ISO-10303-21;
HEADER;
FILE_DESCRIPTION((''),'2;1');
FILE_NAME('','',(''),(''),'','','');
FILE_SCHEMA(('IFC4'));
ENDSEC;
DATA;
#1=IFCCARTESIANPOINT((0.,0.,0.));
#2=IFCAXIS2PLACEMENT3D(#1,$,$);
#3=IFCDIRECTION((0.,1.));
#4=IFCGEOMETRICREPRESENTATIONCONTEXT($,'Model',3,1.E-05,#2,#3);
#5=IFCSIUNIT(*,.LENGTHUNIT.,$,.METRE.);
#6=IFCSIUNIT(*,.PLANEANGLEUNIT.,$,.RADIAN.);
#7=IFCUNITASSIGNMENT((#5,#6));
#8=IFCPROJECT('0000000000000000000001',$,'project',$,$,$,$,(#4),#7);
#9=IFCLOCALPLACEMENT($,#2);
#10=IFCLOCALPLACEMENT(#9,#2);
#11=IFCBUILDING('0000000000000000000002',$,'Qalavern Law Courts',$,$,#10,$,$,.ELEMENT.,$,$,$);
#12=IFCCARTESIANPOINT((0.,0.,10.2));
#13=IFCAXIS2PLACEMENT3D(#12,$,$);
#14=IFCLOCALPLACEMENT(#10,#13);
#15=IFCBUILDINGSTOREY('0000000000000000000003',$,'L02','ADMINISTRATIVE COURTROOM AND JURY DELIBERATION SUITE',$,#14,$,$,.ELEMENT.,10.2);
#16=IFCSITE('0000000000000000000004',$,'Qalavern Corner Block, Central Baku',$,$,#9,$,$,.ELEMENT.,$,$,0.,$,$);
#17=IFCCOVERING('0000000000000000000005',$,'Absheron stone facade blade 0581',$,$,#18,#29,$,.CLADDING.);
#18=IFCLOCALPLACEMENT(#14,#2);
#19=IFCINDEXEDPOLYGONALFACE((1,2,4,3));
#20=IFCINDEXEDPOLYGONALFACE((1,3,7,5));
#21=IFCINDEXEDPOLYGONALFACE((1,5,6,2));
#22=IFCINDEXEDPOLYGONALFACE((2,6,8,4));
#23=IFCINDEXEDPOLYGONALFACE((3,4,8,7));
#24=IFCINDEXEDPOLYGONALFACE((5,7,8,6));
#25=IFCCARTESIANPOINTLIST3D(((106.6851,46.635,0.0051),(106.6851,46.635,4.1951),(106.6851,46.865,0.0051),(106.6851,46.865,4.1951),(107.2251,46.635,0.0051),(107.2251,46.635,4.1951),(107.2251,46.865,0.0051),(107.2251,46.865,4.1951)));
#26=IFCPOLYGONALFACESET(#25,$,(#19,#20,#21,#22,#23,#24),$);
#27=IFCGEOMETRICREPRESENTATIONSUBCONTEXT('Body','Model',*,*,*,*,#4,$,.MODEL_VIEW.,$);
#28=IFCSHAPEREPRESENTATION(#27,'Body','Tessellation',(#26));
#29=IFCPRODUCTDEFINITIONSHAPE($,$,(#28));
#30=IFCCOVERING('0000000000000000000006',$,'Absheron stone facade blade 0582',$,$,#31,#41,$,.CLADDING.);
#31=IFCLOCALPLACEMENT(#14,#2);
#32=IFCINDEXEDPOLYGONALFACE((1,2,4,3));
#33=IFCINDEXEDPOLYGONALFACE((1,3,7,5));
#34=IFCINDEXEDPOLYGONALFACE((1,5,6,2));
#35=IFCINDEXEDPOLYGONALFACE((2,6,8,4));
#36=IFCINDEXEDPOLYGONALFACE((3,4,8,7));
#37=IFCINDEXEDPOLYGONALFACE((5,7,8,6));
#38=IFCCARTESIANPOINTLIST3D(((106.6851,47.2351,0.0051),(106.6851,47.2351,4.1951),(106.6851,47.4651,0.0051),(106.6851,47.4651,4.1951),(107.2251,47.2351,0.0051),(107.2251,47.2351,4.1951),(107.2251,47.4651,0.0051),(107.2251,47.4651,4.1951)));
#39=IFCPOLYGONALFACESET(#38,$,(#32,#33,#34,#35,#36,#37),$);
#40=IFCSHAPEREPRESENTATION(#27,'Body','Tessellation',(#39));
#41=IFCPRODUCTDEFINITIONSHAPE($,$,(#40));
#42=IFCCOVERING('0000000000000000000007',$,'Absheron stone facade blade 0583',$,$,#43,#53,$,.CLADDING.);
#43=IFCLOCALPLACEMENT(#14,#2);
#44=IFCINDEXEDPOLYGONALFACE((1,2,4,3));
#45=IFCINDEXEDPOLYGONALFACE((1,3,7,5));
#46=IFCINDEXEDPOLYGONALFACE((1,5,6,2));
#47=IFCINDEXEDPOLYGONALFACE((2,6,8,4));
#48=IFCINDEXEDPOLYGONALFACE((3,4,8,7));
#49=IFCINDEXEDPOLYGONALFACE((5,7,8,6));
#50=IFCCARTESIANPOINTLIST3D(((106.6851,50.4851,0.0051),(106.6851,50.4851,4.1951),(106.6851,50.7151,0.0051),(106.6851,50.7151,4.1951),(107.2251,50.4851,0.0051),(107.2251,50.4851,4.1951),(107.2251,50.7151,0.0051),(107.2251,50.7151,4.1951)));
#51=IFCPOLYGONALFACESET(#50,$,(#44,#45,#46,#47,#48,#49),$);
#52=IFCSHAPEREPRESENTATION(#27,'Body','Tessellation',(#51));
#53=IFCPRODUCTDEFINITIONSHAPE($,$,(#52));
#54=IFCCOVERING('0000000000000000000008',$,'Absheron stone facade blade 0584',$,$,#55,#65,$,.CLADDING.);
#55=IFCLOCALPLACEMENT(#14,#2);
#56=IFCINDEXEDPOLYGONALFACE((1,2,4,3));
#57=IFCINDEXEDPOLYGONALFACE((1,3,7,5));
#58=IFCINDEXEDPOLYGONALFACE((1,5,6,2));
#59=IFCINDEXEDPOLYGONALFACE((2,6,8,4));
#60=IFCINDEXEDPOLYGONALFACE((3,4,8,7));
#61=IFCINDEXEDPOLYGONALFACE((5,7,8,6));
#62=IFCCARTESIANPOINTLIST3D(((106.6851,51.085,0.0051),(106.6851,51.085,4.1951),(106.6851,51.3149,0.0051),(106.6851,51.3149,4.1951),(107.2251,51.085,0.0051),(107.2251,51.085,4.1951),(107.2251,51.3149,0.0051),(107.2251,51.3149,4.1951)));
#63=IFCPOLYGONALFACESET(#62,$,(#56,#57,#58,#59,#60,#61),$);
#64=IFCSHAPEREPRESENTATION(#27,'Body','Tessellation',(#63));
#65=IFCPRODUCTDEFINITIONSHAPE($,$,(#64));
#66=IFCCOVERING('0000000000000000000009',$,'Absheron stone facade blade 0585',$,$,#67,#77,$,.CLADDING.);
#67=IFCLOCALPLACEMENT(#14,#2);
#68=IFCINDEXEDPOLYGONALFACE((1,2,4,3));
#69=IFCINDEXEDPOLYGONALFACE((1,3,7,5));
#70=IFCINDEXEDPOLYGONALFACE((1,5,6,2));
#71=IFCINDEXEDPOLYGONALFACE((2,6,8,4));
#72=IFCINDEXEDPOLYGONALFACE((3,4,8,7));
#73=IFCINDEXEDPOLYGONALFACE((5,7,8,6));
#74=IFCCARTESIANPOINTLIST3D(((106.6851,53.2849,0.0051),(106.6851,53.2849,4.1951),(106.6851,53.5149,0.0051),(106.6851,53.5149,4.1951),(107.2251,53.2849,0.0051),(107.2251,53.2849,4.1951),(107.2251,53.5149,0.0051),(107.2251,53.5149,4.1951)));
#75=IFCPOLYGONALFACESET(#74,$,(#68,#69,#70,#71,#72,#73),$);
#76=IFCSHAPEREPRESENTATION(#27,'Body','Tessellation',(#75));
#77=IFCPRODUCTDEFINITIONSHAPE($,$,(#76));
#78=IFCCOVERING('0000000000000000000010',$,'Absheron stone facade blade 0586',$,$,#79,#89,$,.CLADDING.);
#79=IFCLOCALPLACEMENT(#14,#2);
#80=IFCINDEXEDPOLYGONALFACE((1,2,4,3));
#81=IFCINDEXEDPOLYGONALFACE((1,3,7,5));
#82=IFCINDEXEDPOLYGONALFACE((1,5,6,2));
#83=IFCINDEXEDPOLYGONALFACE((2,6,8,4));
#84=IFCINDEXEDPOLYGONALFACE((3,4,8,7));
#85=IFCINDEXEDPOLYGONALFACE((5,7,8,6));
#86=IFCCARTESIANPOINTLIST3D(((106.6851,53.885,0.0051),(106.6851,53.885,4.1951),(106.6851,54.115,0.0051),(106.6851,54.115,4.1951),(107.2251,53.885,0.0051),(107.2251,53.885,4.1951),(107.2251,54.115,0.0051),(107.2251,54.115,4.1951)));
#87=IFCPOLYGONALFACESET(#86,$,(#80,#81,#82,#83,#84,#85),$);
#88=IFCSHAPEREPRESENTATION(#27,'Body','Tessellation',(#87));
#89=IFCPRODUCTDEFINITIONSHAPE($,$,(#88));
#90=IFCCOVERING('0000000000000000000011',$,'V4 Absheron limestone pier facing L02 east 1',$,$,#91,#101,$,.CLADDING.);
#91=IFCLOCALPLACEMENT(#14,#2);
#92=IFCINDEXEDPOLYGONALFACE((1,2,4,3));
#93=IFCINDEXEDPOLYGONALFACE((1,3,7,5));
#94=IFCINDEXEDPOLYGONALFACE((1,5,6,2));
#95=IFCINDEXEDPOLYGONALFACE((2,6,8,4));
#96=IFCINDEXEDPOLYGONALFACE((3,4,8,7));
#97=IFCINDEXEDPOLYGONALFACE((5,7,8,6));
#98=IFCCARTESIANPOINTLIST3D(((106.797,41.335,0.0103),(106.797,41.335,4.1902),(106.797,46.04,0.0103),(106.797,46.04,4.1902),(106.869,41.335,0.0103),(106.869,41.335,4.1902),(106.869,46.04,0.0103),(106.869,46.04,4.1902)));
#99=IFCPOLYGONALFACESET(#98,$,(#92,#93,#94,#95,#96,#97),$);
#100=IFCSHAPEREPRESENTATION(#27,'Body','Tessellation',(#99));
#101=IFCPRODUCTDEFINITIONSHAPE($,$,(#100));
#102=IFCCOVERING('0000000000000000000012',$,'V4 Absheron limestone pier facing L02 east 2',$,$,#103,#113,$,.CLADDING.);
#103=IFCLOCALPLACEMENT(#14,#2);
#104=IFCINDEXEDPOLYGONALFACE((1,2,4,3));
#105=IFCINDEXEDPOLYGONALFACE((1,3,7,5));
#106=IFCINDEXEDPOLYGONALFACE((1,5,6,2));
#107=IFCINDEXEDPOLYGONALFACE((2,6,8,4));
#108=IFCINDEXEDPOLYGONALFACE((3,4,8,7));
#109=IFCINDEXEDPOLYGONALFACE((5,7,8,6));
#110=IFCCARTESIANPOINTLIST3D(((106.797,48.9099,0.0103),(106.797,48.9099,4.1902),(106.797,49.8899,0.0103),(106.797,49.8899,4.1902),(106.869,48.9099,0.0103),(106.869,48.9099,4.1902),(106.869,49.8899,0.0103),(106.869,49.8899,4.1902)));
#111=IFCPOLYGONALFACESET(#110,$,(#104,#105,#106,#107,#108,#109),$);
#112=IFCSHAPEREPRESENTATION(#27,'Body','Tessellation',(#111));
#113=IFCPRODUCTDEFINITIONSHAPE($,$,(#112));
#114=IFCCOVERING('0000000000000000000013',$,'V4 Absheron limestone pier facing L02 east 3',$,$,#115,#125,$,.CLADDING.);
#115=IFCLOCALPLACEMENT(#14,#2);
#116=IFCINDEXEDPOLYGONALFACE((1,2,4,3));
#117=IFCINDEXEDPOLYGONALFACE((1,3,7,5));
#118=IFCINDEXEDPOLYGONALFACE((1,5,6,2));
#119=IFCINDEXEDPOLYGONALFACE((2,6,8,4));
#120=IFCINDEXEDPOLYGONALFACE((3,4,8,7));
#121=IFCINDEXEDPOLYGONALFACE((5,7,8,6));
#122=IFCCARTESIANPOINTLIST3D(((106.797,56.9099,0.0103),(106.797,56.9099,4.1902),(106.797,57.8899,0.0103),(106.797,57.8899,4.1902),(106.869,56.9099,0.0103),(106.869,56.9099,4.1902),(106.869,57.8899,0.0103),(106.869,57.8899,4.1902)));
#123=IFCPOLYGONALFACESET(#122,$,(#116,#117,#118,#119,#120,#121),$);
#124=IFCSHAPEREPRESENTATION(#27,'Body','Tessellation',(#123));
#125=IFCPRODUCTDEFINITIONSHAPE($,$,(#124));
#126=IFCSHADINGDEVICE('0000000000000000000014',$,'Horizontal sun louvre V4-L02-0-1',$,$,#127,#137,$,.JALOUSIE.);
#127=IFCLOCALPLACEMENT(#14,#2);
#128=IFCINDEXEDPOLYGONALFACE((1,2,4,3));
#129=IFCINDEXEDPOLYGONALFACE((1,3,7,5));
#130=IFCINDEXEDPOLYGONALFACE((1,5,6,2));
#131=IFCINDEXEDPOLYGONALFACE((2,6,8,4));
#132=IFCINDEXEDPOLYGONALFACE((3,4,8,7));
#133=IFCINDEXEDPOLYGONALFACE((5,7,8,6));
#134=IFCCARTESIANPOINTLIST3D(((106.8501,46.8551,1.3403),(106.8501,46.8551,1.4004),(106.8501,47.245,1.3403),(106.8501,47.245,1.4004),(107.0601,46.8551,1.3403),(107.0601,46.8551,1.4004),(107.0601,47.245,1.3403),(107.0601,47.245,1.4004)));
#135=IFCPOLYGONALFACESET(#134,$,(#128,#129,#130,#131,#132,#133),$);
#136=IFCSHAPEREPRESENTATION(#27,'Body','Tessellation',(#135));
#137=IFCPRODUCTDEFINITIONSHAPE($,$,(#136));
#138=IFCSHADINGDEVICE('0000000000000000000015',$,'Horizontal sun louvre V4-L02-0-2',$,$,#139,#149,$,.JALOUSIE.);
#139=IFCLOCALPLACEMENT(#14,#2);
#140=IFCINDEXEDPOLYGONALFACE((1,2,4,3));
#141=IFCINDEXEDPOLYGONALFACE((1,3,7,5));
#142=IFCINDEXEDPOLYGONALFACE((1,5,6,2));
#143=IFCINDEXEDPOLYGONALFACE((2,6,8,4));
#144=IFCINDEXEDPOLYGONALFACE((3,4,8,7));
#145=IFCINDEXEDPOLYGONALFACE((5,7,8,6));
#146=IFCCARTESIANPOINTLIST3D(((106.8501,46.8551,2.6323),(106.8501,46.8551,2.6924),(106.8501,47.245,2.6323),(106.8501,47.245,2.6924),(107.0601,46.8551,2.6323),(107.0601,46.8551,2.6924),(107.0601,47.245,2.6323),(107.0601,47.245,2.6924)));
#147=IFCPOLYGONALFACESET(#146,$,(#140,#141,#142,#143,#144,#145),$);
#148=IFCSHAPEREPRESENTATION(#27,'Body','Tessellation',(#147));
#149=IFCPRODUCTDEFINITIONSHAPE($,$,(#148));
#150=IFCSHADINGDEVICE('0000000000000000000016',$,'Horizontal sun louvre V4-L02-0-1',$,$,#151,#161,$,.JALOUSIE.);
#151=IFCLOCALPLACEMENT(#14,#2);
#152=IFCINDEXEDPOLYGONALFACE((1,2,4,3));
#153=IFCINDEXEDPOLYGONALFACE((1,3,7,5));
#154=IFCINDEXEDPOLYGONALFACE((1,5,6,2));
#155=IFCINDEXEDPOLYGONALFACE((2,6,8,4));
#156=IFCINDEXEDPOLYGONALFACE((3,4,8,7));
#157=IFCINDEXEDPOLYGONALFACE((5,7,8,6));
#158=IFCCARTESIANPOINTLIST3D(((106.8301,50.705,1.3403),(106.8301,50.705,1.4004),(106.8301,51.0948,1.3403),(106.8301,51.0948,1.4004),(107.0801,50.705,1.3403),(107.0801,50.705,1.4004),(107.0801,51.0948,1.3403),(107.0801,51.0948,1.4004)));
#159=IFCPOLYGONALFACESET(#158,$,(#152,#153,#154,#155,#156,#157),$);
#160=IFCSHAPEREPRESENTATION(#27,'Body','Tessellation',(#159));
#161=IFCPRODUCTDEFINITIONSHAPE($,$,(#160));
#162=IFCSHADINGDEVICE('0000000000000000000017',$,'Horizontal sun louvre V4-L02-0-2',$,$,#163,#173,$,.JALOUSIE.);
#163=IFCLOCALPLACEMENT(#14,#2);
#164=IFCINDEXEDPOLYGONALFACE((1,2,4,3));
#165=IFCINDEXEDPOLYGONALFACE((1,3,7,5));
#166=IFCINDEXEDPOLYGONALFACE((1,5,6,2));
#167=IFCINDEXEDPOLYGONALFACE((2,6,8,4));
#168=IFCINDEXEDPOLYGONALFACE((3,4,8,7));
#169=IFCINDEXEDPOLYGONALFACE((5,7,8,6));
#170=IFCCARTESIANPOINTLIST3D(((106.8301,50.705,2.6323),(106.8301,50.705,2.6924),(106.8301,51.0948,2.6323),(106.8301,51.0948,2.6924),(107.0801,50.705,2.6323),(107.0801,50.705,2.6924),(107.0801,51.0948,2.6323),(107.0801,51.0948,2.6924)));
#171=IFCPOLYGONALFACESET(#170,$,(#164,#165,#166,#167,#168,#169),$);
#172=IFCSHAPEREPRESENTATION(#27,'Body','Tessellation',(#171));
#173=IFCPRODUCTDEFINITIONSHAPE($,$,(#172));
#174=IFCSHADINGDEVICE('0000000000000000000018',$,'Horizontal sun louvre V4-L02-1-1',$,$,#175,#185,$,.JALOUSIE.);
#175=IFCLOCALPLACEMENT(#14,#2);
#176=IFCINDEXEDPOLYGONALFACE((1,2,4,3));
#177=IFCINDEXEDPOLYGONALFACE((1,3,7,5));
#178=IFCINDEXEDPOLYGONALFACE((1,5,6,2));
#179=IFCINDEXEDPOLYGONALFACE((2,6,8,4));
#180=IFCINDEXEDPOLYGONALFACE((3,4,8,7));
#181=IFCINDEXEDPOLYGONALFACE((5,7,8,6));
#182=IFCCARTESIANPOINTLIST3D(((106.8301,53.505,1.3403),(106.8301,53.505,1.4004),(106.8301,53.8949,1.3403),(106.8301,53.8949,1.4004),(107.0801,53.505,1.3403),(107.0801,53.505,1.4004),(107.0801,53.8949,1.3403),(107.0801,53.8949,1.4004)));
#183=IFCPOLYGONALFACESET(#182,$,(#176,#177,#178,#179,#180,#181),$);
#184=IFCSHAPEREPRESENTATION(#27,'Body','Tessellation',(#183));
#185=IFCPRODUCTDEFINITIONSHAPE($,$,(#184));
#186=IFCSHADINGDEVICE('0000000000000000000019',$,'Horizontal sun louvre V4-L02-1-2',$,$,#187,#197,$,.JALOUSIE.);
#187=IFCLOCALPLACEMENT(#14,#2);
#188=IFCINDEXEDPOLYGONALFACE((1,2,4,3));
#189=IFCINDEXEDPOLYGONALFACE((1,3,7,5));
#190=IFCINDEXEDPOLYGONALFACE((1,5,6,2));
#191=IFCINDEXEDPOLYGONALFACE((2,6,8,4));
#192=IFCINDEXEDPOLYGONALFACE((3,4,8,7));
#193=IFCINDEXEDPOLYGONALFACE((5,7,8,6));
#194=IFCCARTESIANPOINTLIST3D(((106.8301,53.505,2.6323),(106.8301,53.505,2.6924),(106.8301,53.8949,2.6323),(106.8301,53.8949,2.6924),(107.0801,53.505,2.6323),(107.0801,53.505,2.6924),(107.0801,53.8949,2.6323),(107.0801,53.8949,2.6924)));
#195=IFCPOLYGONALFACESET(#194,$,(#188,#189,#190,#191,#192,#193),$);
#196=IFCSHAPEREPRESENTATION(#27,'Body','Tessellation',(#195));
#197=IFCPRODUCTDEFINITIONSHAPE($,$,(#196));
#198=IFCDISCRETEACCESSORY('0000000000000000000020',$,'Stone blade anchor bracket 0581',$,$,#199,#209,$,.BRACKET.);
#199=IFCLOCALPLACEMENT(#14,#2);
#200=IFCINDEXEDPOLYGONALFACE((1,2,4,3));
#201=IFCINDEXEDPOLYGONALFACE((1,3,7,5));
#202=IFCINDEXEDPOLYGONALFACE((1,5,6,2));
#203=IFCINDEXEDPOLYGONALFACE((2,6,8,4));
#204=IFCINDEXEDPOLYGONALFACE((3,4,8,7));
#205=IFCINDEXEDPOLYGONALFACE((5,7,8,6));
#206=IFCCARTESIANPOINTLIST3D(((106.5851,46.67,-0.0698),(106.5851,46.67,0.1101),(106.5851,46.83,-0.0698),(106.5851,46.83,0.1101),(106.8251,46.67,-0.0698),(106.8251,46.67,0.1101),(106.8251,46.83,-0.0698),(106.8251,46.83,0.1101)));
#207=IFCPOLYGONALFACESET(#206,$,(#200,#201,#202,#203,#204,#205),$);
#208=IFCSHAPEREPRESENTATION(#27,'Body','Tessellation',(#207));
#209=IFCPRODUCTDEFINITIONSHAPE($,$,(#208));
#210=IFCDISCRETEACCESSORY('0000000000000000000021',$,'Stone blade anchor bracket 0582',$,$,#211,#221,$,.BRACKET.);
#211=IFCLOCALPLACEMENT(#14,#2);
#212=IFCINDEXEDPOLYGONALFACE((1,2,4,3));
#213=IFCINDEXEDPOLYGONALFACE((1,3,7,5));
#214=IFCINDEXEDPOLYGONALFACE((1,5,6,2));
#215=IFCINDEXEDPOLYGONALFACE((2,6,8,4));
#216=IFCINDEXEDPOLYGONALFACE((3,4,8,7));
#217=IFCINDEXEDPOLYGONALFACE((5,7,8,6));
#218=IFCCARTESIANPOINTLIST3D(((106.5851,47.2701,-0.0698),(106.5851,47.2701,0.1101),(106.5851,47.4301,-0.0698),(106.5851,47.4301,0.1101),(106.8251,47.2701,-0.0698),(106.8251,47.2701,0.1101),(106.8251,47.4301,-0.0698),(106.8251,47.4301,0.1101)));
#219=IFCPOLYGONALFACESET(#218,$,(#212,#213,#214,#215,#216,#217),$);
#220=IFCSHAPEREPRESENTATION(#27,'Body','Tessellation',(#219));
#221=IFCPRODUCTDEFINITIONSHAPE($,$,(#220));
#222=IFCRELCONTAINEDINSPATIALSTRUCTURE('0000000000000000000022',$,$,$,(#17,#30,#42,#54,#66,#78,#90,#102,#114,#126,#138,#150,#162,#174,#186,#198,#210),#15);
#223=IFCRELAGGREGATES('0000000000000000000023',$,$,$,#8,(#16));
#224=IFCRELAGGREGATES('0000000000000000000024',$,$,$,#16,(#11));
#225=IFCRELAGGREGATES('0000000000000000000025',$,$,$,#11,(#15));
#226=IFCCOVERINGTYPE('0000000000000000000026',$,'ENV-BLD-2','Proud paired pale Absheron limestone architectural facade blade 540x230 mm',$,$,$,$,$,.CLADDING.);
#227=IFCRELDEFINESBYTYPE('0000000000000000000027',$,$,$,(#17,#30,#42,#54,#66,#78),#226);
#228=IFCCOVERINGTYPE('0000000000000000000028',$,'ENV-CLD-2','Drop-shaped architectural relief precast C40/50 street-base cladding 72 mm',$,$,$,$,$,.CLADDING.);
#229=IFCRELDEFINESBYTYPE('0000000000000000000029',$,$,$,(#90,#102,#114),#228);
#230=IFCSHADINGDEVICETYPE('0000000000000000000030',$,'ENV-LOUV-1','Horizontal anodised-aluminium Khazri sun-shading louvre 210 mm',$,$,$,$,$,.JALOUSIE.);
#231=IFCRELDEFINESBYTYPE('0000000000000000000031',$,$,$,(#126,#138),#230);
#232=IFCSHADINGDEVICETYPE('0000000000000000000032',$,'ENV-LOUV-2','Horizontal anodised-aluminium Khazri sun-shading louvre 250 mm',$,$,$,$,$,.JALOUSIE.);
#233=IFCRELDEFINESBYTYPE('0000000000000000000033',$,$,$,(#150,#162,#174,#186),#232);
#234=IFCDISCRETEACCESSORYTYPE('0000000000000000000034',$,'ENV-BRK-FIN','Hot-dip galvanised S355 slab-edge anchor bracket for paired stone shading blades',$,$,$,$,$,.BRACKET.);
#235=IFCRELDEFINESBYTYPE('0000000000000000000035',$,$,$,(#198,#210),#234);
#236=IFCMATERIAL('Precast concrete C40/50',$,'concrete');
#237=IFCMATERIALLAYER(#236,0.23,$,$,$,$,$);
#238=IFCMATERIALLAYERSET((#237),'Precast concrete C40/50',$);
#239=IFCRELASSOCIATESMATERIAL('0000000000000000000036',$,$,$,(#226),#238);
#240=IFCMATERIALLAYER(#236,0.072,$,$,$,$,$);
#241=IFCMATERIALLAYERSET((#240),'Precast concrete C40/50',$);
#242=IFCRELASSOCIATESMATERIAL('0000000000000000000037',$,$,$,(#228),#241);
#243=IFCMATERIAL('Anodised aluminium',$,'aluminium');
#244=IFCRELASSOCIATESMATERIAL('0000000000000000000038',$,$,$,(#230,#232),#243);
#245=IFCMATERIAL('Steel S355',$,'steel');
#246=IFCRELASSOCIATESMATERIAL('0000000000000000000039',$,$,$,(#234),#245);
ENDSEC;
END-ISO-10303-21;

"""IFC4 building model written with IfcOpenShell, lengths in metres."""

from ifc_helpers import new_model, si_unit, direction, frame, origin, origin_2d, place, context, subcontext, project, spatial, rectangle, extrude, material, layer, layer_set, type_object, element, save


model = new_model("IFC4")

# Units and contexts
model_context = context("Model", 3, precision=1e-05, world=origin(), true_north=direction((0.0, 1.0)))
body_context = subcontext(model_context, "Body", "Model", "MODEL_VIEW")
ifc_project = project(units=[si_unit("LENGTHUNIT", "METRE"), si_unit("PLANEANGLEUNIT", "RADIAN")], contexts=[model_context])

# Site, building, storey
site_placement = place(None, origin())
site = spatial("IfcSite", under=ifc_project, at=site_placement, Name="Qalavern Corner Block, Central Baku", CompositionType="ELEMENT", RefElevation=0.0)
building_placement = place(site_placement, origin())
building = spatial("IfcBuilding", under=site, at=building_placement, Name="Qalavern Law Courts", CompositionType="ELEMENT")
storey_placement = place(building_placement, frame((0.0, 0.0, 10.2)))
storey = spatial("IfcBuildingStorey", under=building, at=storey_placement, Name="L02", Description="ADMINISTRATIVE COURTROOM AND JURY DELIBERATION SUITE", CompositionType="ELEMENT", Elevation=10.2)

# Coverings
ifc_material_1 = material(Name="Precast concrete C40/50", Category="concrete")
ifc_layer_1 = layer(ifc_material_1, 0.23)
ifc_layer_set_1 = layer_set([ifc_layer_1], Name="Precast concrete C40/50")
covering_type_1 = type_object("IfcCoveringType", Name="ENV-BLD-2", Description="Proud paired pale Absheron limestone architectural facade blade 540x230 mm", PredefinedType="CLADDING", material=ifc_layer_set_1)
for number, where, z_axis, x_axis, name in (
    (1, (106.9551, 46.75, 0.0051), (0.0, 0.0, 1.0), (1.0, 0.0, 0.0), "Absheron stone facade blade 0581"),
    (2, (106.9551, 47.3501, 0.0051), (0.0, 0.0, 1.0), (1.0, 0.0, 0.0), "Absheron stone facade blade 0582"),
    (3, (106.9551, 50.6001, 0.0051), (0.0, 0.0, 1.0), (1.0, 0.0, 0.0), "Absheron stone facade blade 0583"),
    (4, (106.9551, 51.2, 0.0051), (0.0, 0.0, 1.0), (1.0, 0.0, 0.0), "Absheron stone facade blade 0584"),
    (5, (106.9551, 53.3999, 0.0051), (0.0, 0.0, 1.0), (1.0, 0.0, 0.0), "Absheron stone facade blade 0585"),
    (6, (106.9551, 54.0, 0.0051), (0.0, 0.0, 1.0), (1.0, 0.0, 0.0), "Absheron stone facade blade 0586"),
):
    element("IfcCovering", number, at=place(storey_placement, frame(where, z_axis=z_axis, x_axis=x_axis)), inside=storey, type_object=covering_type_1, Name=name, PredefinedType="CLADDING", context=body_context, shape_type="SweptSolid", body=[
        extrude(rectangle(XDim=0.54, YDim=0.23, at=origin_2d()), origin(), (0.0, 0.0, 1.0), 4.1899),
    ])
ifc_layer_2 = layer(ifc_material_1, 0.072)
ifc_layer_set_2 = layer_set([ifc_layer_2], Name="Precast concrete C40/50")
covering_type_2 = type_object("IfcCoveringType", Name="ENV-CLD-2", Description="Drop-shaped architectural relief precast C40/50 street-base cladding 72 mm", PredefinedType="CLADDING", material=ifc_layer_set_2)
covering_placement = place(storey_placement, frame((106.833, 43.6875, 0.0103), z_axis=(0.0, 0.0, 1.0), x_axis=(0.0, 1.0, 0.0)))
element("IfcCovering", 7, at=covering_placement, inside=storey, type_object=covering_type_2, Name="V4 Absheron limestone pier facing L02 east 1", PredefinedType="CLADDING", context=body_context, shape_type="SweptSolid", body=[
    extrude(rectangle(XDim=4.7051, YDim=0.072, at=origin_2d()), origin(), (0.0, 0.0, 1.0), 4.1799),
])
for number, where, z_axis, x_axis, name in (
    (8, (106.833, 49.3999, 0.0103), (0.0, 0.0, 1.0), (0.0, 1.0, 0.0), "V4 Absheron limestone pier facing L02 east 2"),
    (9, (106.833, 57.3999, 0.0103), (0.0, 0.0, 1.0), (0.0, 1.0, 0.0), "V4 Absheron limestone pier facing L02 east 3"),
):
    element("IfcCovering", number, at=place(storey_placement, frame(where, z_axis=z_axis, x_axis=x_axis)), inside=storey, type_object=covering_type_2, Name=name, PredefinedType="CLADDING", context=body_context, shape_type="SweptSolid", body=[
        extrude(rectangle(XDim=0.98, YDim=0.072, at=origin_2d()), origin(), (0.0, 0.0, 1.0), 4.1799),
    ])

# Shading devices
ifc_material_2 = material(Name="Anodised aluminium", Category="aluminium")
shading_device_type_1 = type_object("IfcShadingDeviceType", Name="ENV-LOUV-1", Description="Horizontal anodised-aluminium Khazri sun-shading louvre 210 mm", PredefinedType="JALOUSIE", material=ifc_material_2)
for number, where, z_axis, x_axis, name in (
    (10, (106.9551, 47.05, 1.3403), (0.0, 0.0, 1.0), (0.0, 1.0, 0.0), "Horizontal sun louvre V4-L02-0-1"),
    (11, (106.9551, 47.05, 2.6323), (0.0, 0.0, 1.0), (0.0, 1.0, 0.0), "Horizontal sun louvre V4-L02-0-2"),
):
    element("IfcShadingDevice", number, at=place(storey_placement, frame(where, z_axis=z_axis, x_axis=x_axis)), inside=storey, type_object=shading_device_type_1, Name=name, PredefinedType="JALOUSIE", context=body_context, shape_type="SweptSolid", body=[
        extrude(rectangle(XDim=0.3899, YDim=0.21, at=origin_2d()), origin(), (0.0, 0.0, 1.0), 0.0601),
    ])
shading_device_type_2 = type_object("IfcShadingDeviceType", Name="ENV-LOUV-2", Description="Horizontal anodised-aluminium Khazri sun-shading louvre 250 mm", PredefinedType="JALOUSIE", material=ifc_material_2)
for number, where, z_axis, x_axis, name in (
    (12, (106.9551, 50.8999, 1.3403), (0.0, 0.0, 1.0), (0.0, 1.0, 0.0), "Horizontal sun louvre V4-L02-0-1"),
    (13, (106.9551, 50.8999, 2.6323), (0.0, 0.0, 1.0), (0.0, 1.0, 0.0), "Horizontal sun louvre V4-L02-0-2"),
    (14, (106.9551, 53.7, 1.3403), (0.0, 0.0, 1.0), (0.0, 1.0, 0.0), "Horizontal sun louvre V4-L02-1-1"),
    (15, (106.9551, 53.7, 2.6323), (0.0, 0.0, 1.0), (0.0, 1.0, 0.0), "Horizontal sun louvre V4-L02-1-2"),
):
    element("IfcShadingDevice", number, at=place(storey_placement, frame(where, z_axis=z_axis, x_axis=x_axis)), inside=storey, type_object=shading_device_type_2, Name=name, PredefinedType="JALOUSIE", context=body_context, shape_type="SweptSolid", body=[
        extrude(rectangle(XDim=0.3899, YDim=0.25, at=origin_2d()), origin(), (0.0, 0.0, 1.0), 0.0601),
    ])

# Discrete accessories
ifc_material_3 = material(Name="Steel S355", Category="steel")
discrete_accessory_type = type_object("IfcDiscreteAccessoryType", Name="ENV-BRK-FIN", Description="Hot-dip galvanised S355 slab-edge anchor bracket for paired stone shading blades", PredefinedType="BRACKET", material=ifc_material_3)
for number, where, z_axis, x_axis, name in (
    (16, (106.7051, 46.75, -0.0698), (0.0, 0.0, 1.0), (1.0, 0.0, 0.0), "Stone blade anchor bracket 0581"),
    (17, (106.7051, 47.3501, -0.0698), (0.0, 0.0, 1.0), (1.0, 0.0, 0.0), "Stone blade anchor bracket 0582"),
):
    element("IfcDiscreteAccessory", number, at=place(storey_placement, frame(where, z_axis=z_axis, x_axis=x_axis)), inside=storey, type_object=discrete_accessory_type, Name=name, PredefinedType="BRACKET", context=body_context, shape_type="SweptSolid", body=[
        extrude(rectangle(XDim=0.24, YDim=0.1599, at=origin_2d()), origin(), (0.0, 0.0, 1.0), 0.1799),
    ])

save(model, "model.ifc")
